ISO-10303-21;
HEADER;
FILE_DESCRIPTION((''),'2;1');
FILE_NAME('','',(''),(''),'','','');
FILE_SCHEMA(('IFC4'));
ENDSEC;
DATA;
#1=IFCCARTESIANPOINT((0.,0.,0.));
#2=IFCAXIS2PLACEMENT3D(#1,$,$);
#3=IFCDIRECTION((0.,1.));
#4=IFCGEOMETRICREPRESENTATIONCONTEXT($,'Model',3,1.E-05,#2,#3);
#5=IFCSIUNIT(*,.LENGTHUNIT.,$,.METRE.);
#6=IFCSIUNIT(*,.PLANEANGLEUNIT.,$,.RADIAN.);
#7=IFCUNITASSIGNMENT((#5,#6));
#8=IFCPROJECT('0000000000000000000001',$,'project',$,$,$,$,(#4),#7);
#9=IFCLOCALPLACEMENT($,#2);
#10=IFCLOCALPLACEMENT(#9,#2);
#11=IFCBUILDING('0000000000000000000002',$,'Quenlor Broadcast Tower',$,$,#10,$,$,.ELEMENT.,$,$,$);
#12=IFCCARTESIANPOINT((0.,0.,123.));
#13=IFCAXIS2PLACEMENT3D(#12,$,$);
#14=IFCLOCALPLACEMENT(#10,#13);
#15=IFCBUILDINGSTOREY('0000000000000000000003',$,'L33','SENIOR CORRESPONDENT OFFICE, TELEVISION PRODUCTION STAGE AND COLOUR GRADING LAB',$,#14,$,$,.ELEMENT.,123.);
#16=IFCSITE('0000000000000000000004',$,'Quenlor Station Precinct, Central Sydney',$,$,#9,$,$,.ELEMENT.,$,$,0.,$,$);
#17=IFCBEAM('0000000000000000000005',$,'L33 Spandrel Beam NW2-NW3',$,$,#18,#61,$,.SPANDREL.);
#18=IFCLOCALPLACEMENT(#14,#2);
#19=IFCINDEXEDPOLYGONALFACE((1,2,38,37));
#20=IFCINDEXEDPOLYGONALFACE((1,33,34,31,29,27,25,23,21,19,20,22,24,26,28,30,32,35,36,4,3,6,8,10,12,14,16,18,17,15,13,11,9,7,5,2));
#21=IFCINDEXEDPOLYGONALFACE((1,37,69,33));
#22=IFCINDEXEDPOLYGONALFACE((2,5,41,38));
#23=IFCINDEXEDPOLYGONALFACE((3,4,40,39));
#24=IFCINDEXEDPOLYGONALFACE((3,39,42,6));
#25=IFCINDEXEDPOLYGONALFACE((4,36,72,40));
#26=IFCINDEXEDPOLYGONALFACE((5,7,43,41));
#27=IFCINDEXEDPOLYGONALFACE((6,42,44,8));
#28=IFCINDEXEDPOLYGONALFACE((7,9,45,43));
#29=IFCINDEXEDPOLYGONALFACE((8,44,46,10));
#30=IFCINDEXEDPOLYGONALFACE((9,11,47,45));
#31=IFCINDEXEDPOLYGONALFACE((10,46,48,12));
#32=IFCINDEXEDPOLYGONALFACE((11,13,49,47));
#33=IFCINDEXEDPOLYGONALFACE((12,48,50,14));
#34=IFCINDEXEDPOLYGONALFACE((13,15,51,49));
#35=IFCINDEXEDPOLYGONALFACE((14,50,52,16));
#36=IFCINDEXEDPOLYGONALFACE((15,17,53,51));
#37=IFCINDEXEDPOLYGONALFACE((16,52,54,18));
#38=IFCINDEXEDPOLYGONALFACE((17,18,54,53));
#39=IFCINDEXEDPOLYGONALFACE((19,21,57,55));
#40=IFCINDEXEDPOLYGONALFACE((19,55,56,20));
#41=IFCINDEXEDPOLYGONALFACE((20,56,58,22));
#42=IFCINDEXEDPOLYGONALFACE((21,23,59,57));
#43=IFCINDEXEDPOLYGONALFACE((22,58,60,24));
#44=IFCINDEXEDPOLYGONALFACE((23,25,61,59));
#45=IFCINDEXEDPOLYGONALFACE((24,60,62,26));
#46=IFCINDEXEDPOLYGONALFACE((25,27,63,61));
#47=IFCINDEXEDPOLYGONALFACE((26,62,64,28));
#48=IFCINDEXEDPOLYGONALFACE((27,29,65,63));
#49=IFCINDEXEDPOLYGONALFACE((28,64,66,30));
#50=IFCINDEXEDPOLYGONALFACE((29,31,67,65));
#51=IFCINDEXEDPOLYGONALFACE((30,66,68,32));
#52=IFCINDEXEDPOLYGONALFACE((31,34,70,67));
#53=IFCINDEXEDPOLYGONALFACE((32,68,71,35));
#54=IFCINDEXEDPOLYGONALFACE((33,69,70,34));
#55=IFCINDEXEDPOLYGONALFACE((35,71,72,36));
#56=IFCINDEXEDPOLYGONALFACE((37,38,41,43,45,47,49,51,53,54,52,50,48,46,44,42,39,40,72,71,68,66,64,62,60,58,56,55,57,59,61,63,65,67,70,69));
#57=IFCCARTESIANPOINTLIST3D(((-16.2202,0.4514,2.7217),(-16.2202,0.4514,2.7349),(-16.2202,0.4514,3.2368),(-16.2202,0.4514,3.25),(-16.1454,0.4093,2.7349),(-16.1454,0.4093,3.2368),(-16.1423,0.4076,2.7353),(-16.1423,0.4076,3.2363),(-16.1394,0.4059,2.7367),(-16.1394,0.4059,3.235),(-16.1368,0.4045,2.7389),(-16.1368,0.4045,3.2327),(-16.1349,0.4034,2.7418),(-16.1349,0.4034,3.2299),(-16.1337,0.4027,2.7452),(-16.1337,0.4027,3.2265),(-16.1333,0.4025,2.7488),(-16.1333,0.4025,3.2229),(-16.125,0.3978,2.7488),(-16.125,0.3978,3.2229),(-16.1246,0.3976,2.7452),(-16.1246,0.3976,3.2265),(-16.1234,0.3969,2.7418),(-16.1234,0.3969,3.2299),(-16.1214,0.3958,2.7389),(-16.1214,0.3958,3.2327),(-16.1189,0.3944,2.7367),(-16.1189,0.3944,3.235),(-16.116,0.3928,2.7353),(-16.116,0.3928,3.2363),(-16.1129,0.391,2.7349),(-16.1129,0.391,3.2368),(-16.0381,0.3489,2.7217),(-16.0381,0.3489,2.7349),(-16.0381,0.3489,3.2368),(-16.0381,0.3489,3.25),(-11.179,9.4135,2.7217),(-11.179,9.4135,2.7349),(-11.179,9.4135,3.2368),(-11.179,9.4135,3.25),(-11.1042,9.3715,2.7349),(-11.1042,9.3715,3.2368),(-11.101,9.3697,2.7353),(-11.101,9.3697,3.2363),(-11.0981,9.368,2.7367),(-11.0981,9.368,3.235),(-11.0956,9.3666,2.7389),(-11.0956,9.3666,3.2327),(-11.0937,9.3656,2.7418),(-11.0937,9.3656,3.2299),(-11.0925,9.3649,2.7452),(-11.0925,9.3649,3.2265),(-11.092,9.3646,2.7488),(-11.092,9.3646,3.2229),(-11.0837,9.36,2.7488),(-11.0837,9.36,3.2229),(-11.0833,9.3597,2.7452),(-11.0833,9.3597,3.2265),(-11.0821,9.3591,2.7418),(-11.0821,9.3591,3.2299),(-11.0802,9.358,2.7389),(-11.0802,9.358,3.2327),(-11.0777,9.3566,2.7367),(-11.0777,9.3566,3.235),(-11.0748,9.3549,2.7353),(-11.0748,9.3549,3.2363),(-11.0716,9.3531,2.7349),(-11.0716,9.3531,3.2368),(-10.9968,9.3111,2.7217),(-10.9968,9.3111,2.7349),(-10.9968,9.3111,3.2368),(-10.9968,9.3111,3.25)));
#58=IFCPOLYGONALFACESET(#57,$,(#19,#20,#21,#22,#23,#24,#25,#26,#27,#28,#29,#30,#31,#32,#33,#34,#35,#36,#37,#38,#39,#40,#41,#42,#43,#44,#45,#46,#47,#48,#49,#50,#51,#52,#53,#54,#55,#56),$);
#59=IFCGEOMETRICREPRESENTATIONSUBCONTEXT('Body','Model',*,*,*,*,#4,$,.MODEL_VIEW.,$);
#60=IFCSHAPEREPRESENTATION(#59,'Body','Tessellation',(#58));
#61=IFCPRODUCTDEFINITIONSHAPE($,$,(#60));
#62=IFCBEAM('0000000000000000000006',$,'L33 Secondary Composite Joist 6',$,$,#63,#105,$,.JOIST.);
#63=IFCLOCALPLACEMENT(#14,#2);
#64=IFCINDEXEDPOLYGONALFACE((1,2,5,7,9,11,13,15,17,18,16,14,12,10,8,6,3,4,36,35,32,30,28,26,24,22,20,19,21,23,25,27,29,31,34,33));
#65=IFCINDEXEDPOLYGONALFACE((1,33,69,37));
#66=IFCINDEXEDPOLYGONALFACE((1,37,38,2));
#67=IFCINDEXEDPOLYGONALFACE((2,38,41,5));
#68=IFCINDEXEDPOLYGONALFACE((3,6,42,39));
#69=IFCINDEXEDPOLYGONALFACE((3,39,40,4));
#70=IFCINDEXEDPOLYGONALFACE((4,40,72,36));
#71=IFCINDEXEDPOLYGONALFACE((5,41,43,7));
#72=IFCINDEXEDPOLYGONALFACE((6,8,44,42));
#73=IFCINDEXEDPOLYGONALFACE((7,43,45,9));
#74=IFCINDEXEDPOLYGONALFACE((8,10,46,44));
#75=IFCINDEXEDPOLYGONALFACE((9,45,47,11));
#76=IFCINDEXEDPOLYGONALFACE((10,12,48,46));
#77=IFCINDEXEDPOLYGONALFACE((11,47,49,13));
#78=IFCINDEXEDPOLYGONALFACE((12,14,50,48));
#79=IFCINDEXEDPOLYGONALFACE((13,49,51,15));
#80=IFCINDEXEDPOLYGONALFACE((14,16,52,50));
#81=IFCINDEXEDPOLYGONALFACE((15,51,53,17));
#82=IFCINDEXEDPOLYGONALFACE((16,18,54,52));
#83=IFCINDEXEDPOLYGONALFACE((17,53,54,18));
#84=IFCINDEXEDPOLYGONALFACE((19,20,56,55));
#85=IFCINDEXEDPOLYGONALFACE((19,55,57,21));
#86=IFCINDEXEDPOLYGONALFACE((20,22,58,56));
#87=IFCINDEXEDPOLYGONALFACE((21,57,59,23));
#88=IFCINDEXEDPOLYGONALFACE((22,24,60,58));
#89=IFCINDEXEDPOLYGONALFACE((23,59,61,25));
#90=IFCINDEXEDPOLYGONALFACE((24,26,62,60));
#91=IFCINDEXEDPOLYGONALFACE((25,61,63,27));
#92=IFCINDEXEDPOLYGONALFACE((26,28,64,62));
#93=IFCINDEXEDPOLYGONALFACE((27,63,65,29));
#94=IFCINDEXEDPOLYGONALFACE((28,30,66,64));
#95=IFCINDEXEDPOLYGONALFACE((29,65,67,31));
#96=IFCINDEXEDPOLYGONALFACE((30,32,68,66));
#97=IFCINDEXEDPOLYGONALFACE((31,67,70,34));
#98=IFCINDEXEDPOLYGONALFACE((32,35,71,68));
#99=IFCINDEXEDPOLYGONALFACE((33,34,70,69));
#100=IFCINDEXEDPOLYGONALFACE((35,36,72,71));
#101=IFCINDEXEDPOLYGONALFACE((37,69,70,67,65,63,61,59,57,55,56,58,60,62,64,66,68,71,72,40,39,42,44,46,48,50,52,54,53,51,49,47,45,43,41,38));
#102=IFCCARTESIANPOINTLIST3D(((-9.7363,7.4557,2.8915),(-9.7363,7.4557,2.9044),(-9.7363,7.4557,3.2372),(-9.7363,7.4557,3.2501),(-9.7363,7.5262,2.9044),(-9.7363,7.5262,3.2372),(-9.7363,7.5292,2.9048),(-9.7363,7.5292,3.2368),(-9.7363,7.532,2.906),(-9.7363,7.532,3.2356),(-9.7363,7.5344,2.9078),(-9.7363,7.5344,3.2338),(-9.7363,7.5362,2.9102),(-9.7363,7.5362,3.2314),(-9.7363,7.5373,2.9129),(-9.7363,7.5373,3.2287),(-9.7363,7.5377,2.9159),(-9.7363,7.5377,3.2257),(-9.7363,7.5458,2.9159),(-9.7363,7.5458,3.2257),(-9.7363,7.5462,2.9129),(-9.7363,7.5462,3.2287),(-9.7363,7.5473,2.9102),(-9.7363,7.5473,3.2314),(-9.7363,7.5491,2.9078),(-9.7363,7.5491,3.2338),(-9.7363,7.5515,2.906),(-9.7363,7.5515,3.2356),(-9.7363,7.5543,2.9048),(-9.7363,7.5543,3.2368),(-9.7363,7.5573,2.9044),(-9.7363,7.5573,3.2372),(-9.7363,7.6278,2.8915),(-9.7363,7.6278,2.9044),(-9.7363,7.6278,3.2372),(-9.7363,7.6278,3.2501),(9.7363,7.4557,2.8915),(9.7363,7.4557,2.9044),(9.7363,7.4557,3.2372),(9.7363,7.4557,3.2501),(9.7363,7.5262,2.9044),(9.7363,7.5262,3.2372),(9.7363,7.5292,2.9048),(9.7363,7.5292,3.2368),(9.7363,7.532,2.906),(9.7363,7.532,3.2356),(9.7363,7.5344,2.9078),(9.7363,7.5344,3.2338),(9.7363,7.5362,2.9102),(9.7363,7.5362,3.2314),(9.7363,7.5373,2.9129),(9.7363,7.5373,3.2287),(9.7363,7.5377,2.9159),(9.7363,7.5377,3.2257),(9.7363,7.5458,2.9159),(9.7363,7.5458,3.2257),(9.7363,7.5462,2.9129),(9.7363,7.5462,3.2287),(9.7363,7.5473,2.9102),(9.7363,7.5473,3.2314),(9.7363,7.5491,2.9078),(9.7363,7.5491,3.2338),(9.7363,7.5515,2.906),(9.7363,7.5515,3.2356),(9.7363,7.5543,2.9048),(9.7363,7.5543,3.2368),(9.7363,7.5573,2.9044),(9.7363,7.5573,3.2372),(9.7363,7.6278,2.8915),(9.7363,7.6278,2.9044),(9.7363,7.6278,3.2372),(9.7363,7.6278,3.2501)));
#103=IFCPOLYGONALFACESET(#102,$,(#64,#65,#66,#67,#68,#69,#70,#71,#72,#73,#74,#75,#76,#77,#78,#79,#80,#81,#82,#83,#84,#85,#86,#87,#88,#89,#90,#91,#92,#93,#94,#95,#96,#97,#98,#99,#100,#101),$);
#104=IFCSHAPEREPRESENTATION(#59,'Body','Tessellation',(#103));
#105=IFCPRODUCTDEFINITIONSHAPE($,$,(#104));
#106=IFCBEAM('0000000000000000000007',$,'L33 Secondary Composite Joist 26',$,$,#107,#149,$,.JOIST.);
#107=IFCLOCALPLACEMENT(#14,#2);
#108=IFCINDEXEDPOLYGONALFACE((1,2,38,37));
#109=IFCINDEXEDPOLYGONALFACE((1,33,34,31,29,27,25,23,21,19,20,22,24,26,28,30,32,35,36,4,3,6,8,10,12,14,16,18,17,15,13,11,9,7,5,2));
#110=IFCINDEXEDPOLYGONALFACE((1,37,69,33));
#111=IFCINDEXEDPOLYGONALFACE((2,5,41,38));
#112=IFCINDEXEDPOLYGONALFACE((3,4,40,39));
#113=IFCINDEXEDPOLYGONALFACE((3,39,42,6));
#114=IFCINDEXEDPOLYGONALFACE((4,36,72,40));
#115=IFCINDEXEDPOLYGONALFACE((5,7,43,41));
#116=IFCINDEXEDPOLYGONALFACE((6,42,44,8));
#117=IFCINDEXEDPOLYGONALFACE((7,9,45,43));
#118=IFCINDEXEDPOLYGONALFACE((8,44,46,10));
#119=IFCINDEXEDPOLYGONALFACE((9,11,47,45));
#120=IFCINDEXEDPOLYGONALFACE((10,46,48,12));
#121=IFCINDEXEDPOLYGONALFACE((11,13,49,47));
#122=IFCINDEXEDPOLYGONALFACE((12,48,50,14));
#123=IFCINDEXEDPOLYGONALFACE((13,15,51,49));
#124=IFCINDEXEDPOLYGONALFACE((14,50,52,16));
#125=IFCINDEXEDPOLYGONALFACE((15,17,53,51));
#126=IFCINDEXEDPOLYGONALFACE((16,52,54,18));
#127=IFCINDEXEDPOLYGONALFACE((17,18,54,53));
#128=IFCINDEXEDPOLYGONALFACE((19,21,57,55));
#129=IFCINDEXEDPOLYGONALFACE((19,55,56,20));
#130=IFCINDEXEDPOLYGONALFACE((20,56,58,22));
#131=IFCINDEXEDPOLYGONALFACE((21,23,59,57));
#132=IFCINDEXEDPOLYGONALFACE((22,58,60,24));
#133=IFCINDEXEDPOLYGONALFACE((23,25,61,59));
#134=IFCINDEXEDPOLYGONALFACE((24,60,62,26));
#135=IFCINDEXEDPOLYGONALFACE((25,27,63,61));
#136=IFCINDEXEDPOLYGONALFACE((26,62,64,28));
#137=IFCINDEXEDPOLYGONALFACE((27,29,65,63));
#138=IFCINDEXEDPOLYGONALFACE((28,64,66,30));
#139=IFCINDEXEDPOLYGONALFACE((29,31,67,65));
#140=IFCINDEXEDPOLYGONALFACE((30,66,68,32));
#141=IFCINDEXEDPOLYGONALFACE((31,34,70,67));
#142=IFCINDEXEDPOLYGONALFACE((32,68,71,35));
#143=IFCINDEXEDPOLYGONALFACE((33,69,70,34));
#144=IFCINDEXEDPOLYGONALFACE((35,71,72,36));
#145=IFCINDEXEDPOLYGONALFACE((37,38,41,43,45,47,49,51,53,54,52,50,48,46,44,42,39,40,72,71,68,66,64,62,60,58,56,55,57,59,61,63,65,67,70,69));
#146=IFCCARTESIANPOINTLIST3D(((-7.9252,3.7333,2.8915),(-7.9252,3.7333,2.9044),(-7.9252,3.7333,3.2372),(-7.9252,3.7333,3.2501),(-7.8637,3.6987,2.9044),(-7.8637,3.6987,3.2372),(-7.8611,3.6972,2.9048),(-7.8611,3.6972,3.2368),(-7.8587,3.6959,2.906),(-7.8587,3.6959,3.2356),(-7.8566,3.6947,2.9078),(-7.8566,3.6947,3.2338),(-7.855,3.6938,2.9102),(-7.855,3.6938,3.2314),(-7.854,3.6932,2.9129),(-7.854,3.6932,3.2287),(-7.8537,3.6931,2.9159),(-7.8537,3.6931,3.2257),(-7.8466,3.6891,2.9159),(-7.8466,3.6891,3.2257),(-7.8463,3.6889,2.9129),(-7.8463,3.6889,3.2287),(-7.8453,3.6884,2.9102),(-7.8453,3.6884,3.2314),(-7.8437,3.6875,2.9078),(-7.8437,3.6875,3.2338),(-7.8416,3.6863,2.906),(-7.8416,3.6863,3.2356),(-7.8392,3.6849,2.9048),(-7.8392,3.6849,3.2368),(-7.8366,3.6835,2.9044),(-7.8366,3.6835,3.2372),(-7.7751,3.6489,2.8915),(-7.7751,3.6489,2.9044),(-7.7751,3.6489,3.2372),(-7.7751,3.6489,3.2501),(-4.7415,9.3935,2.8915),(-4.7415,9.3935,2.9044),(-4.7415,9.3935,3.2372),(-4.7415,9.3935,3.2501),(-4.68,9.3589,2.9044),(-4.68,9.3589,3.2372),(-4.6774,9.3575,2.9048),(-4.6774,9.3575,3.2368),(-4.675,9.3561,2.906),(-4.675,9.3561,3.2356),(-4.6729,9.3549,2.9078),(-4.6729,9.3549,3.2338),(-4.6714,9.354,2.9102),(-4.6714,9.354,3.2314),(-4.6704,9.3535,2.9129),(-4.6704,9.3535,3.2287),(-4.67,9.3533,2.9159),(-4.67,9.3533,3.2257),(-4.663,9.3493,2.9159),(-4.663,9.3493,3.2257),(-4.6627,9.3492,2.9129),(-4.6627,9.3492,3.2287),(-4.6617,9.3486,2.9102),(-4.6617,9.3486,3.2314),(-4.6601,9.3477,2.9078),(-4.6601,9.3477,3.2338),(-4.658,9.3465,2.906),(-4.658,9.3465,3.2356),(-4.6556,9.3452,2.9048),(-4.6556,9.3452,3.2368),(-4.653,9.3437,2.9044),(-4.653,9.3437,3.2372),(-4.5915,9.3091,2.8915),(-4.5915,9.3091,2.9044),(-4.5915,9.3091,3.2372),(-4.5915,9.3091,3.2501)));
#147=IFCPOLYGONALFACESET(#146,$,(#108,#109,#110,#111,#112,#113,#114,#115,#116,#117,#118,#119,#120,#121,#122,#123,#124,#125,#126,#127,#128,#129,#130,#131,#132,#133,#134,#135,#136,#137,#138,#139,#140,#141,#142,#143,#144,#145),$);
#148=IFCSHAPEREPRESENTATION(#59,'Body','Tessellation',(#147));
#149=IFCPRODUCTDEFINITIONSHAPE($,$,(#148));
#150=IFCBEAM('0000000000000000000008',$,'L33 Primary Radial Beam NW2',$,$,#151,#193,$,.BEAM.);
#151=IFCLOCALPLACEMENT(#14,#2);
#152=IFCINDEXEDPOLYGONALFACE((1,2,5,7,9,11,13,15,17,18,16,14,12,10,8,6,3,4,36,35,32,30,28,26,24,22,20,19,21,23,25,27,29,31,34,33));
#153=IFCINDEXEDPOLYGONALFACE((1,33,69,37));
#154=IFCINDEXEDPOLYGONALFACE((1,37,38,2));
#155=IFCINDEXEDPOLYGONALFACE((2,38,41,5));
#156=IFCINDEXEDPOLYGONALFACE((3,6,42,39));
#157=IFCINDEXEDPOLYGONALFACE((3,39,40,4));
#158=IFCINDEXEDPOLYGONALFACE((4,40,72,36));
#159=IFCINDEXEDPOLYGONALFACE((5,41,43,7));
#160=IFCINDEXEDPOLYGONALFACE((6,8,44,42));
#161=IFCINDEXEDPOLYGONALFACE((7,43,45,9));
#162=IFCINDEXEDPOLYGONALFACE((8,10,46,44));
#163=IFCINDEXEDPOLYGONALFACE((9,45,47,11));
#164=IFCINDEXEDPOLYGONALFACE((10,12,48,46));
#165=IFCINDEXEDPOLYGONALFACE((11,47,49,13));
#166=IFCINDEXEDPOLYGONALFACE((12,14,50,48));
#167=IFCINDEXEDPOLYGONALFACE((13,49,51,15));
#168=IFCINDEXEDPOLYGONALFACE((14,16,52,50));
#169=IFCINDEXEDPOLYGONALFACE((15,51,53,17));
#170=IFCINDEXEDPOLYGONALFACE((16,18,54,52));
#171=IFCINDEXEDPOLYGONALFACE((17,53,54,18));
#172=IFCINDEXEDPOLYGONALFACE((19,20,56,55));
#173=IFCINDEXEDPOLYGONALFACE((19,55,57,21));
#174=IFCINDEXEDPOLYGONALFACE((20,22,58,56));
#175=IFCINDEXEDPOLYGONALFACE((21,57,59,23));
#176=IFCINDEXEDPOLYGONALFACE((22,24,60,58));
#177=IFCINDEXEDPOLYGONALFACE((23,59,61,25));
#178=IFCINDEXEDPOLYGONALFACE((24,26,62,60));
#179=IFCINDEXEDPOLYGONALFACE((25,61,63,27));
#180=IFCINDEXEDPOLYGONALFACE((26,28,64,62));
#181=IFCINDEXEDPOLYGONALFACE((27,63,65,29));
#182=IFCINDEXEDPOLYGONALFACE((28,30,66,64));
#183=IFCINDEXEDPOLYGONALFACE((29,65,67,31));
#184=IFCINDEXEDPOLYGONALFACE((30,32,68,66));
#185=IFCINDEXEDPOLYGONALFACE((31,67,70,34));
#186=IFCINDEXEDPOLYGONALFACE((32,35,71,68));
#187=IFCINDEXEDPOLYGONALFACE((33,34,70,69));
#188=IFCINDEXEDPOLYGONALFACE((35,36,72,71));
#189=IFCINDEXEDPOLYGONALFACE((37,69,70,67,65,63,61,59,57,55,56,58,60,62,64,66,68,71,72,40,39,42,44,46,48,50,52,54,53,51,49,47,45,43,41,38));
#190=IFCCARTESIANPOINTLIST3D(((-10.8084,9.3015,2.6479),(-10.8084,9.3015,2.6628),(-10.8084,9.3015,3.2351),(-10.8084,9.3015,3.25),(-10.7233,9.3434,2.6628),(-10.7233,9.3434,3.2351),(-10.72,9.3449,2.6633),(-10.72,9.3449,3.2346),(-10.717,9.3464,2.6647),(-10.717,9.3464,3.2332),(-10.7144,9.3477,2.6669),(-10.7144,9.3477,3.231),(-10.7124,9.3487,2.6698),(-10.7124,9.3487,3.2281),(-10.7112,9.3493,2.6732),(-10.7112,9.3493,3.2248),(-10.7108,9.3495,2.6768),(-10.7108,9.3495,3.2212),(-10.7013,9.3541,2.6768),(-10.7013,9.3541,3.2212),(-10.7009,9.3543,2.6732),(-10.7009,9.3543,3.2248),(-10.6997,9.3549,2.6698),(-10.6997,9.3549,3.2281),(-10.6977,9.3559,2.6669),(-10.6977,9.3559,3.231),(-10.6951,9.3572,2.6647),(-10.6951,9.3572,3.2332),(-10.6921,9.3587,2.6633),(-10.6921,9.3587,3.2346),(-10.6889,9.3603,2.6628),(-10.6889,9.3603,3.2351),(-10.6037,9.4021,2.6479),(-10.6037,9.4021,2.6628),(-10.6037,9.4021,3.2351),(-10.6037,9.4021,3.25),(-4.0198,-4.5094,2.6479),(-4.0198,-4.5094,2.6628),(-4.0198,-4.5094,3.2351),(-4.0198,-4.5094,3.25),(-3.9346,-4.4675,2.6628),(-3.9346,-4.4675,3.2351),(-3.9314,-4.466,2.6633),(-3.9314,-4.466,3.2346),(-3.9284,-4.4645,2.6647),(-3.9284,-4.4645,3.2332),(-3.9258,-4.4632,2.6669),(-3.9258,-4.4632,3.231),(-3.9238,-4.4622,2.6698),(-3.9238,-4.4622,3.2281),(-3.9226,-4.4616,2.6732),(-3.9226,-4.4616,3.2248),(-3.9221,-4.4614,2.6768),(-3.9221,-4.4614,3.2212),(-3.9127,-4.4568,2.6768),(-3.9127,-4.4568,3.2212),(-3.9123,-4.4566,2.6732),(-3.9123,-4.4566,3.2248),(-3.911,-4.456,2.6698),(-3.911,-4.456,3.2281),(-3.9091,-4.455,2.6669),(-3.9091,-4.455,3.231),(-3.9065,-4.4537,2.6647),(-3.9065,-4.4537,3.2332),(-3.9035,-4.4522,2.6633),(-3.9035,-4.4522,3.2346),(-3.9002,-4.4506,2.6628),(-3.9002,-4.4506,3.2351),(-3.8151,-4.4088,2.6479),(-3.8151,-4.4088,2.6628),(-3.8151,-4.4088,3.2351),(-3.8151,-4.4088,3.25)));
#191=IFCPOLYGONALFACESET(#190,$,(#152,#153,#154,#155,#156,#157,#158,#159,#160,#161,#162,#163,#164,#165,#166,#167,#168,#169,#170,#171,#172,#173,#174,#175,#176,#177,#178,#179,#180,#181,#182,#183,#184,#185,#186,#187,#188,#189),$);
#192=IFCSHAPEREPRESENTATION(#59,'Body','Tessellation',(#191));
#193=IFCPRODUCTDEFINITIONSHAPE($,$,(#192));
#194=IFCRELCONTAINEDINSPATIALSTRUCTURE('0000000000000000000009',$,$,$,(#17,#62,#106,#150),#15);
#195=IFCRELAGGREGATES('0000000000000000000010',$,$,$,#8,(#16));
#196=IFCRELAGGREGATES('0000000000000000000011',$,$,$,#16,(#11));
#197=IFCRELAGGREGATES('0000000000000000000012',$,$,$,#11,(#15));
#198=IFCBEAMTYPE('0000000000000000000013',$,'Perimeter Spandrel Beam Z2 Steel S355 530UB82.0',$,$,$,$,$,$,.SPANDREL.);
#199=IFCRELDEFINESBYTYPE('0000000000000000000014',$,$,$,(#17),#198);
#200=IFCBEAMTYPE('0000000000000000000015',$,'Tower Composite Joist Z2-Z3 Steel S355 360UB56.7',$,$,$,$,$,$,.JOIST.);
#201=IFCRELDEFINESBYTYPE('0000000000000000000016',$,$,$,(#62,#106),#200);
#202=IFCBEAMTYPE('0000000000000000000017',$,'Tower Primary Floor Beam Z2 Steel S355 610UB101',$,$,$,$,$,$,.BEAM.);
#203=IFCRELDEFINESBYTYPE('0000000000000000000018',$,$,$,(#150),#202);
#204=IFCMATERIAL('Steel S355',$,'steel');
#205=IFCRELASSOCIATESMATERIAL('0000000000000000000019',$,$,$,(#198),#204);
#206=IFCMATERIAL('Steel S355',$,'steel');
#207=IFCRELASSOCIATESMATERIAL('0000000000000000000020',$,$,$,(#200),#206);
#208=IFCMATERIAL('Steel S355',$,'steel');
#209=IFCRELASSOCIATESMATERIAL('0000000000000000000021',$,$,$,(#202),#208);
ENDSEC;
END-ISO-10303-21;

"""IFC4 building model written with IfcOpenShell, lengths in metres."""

from ifc_helpers import new_model, si_unit, direction, frame, origin, origin_2d, place, context, subcontext, project, spatial, i_section, extrude, material, material_profile, profile_set, type_object, element, save


model = new_model("IFC4")

# Units and contexts
model_context = context("Model", 3, precision=1e-05, world=origin(), true_north=direction((0.0, 1.0)))
body_context = subcontext(model_context, "Body", "Model", "MODEL_VIEW")
ifc_project = project(units=[si_unit("LENGTHUNIT", "METRE"), si_unit("PLANEANGLEUNIT", "RADIAN")], contexts=[model_context])

# Site, building, storey
site_placement = place(None, origin())
site = spatial("IfcSite", under=ifc_project, at=site_placement, Name="Quenlor Station Precinct, Central Sydney", CompositionType="ELEMENT", RefElevation=0.0)
building_placement = place(site_placement, origin())
building = spatial("IfcBuilding", under=site, at=building_placement, Name="Quenlor Broadcast Tower", CompositionType="ELEMENT")
storey_placement = place(building_placement, frame((0.0, 0.0, 123.0)))
storey = spatial("IfcBuildingStorey", under=building, at=storey_placement, Name="L33", Description="SENIOR CORRESPONDENT OFFICE, TELEVISION PRODUCTION STAGE AND COLOUR GRADING LAB", CompositionType="ELEMENT", Elevation=123.0)

# Beams
ifc_material_1 = material(Name="Steel S355", Category="steel")
ifc_material_profile_1 = material_profile(ifc_material_1, i_section(OverallWidth=0.209, OverallDepth=0.5283, WebThickness=0.0095, FlangeThickness=0.0132, FilletRadius=0.0139, at=origin_2d()))
ifc_profile_set_1 = profile_set([ifc_material_profile_1], Name="Steel S355 530UB82.0")
beam_type_1 = type_object("IfcBeamType", Name="Perimeter Spandrel Beam Z2 Steel S355 530UB82.0", PredefinedType="SPANDREL", material=ifc_profile_set_1)
beam_1_placement = place(storey_placement, frame((-11.0879, 9.3623, 2.9858), z_axis=(-0.490265, -0.871574, 0.0), x_axis=(0.871574, -0.490265, 0.0)))
element("IfcBeam", 1, at=beam_1_placement, inside=storey, type_object=beam_type_1, Name="L33 Spandrel Beam NW2-NW3", PredefinedType="SPANDREL", context=body_context, shape_type="SweptSolid", body=[
    extrude(i_section(OverallWidth=0.209, OverallDepth=0.5283, WebThickness=0.0095, FlangeThickness=0.0132, FilletRadius=0.0139, at=origin_2d()), origin(), (0.0, 0.0, 1.0), 10.2827),
])
ifc_material_2 = material(Name="Steel S355", Category="steel")
ifc_material_profile_2 = material_profile(ifc_material_2, i_section(OverallWidth=0.1721, OverallDepth=0.3586, WebThickness=0.0081, FlangeThickness=0.0129, FilletRadius=0.0115, at=origin_2d()))
ifc_profile_set_2 = profile_set([ifc_material_profile_2], Name="Steel S355 360UB56.7")
beam_type_2 = type_object("IfcBeamType", Name="Tower Composite Joist Z2-Z3 Steel S355 360UB56.7", PredefinedType="JOIST", material=ifc_profile_set_2)
beam_2_placement = place(storey_placement, frame((-9.7363, 7.5417, 3.0708), z_axis=(1.0, 0.0, 0.0), x_axis=(0.0, 1.0, 0.0)))
element("IfcBeam", 2, at=beam_2_placement, inside=storey, type_object=beam_type_2, Name="L33 Secondary Composite Joist 6", PredefinedType="JOIST", context=body_context, shape_type="SweptSolid", body=[
    extrude(i_section(OverallWidth=0.1721, OverallDepth=0.3586, WebThickness=0.0081, FlangeThickness=0.0129, FilletRadius=0.0115, at=origin_2d()), origin(), (0.0, 0.0, 1.0), 19.4727),
])
beam_3_placement = place(storey_placement, frame((-4.6665, 9.3513, 3.0708), z_axis=(-0.490233, -0.871592, 0.0), x_axis=(0.871592, -0.490233, 0.0)))
element("IfcBeam", 3, at=beam_3_placement, inside=storey, type_object=beam_type_2, Name="L33 Secondary Composite Joist 26", PredefinedType="JOIST", context=body_context, shape_type="SweptSolid", body=[
    extrude(i_section(OverallWidth=0.1721, OverallDepth=0.3586, WebThickness=0.0081, FlangeThickness=0.0129, FilletRadius=0.0115, at=origin_2d()), origin(), (0.0, 0.0, 1.0), 6.4941),
])
ifc_material_3 = material(Name="Steel S355", Category="steel")
ifc_material_profile_3 = material_profile(ifc_material_3, i_section(OverallWidth=0.228, OverallDepth=0.6021, WebThickness=0.0105, FlangeThickness=0.0149, FilletRadius=0.0139, at=origin_2d()))
ifc_profile_set_3 = profile_set([ifc_material_profile_3], Name="Steel S355 610UB101")
beam_type_3 = type_object("IfcBeamType", Name="Tower Primary Floor Beam Z2 Steel S355 610UB101", PredefinedType="BEAM", material=ifc_profile_set_3)
beam_4_placement = place(storey_placement, frame((-10.7061, 9.3518, 2.949), z_axis=(0.44113, -0.897443, 0.0), x_axis=(0.897443, 0.44113, 0.0)))
element("IfcBeam", 4, at=beam_4_placement, inside=storey, type_object=beam_type_3, Name="L33 Primary Radial Beam NW2", PredefinedType="BEAM", context=body_context, shape_type="SweptSolid", body=[
    extrude(i_section(OverallWidth=0.228, OverallDepth=0.6021, WebThickness=0.0105, FlangeThickness=0.0149, FilletRadius=0.0139, at=origin_2d()), origin(), (0.0, 0.0, 1.0), 15.3892),
])

save(model, "model.ifc")
